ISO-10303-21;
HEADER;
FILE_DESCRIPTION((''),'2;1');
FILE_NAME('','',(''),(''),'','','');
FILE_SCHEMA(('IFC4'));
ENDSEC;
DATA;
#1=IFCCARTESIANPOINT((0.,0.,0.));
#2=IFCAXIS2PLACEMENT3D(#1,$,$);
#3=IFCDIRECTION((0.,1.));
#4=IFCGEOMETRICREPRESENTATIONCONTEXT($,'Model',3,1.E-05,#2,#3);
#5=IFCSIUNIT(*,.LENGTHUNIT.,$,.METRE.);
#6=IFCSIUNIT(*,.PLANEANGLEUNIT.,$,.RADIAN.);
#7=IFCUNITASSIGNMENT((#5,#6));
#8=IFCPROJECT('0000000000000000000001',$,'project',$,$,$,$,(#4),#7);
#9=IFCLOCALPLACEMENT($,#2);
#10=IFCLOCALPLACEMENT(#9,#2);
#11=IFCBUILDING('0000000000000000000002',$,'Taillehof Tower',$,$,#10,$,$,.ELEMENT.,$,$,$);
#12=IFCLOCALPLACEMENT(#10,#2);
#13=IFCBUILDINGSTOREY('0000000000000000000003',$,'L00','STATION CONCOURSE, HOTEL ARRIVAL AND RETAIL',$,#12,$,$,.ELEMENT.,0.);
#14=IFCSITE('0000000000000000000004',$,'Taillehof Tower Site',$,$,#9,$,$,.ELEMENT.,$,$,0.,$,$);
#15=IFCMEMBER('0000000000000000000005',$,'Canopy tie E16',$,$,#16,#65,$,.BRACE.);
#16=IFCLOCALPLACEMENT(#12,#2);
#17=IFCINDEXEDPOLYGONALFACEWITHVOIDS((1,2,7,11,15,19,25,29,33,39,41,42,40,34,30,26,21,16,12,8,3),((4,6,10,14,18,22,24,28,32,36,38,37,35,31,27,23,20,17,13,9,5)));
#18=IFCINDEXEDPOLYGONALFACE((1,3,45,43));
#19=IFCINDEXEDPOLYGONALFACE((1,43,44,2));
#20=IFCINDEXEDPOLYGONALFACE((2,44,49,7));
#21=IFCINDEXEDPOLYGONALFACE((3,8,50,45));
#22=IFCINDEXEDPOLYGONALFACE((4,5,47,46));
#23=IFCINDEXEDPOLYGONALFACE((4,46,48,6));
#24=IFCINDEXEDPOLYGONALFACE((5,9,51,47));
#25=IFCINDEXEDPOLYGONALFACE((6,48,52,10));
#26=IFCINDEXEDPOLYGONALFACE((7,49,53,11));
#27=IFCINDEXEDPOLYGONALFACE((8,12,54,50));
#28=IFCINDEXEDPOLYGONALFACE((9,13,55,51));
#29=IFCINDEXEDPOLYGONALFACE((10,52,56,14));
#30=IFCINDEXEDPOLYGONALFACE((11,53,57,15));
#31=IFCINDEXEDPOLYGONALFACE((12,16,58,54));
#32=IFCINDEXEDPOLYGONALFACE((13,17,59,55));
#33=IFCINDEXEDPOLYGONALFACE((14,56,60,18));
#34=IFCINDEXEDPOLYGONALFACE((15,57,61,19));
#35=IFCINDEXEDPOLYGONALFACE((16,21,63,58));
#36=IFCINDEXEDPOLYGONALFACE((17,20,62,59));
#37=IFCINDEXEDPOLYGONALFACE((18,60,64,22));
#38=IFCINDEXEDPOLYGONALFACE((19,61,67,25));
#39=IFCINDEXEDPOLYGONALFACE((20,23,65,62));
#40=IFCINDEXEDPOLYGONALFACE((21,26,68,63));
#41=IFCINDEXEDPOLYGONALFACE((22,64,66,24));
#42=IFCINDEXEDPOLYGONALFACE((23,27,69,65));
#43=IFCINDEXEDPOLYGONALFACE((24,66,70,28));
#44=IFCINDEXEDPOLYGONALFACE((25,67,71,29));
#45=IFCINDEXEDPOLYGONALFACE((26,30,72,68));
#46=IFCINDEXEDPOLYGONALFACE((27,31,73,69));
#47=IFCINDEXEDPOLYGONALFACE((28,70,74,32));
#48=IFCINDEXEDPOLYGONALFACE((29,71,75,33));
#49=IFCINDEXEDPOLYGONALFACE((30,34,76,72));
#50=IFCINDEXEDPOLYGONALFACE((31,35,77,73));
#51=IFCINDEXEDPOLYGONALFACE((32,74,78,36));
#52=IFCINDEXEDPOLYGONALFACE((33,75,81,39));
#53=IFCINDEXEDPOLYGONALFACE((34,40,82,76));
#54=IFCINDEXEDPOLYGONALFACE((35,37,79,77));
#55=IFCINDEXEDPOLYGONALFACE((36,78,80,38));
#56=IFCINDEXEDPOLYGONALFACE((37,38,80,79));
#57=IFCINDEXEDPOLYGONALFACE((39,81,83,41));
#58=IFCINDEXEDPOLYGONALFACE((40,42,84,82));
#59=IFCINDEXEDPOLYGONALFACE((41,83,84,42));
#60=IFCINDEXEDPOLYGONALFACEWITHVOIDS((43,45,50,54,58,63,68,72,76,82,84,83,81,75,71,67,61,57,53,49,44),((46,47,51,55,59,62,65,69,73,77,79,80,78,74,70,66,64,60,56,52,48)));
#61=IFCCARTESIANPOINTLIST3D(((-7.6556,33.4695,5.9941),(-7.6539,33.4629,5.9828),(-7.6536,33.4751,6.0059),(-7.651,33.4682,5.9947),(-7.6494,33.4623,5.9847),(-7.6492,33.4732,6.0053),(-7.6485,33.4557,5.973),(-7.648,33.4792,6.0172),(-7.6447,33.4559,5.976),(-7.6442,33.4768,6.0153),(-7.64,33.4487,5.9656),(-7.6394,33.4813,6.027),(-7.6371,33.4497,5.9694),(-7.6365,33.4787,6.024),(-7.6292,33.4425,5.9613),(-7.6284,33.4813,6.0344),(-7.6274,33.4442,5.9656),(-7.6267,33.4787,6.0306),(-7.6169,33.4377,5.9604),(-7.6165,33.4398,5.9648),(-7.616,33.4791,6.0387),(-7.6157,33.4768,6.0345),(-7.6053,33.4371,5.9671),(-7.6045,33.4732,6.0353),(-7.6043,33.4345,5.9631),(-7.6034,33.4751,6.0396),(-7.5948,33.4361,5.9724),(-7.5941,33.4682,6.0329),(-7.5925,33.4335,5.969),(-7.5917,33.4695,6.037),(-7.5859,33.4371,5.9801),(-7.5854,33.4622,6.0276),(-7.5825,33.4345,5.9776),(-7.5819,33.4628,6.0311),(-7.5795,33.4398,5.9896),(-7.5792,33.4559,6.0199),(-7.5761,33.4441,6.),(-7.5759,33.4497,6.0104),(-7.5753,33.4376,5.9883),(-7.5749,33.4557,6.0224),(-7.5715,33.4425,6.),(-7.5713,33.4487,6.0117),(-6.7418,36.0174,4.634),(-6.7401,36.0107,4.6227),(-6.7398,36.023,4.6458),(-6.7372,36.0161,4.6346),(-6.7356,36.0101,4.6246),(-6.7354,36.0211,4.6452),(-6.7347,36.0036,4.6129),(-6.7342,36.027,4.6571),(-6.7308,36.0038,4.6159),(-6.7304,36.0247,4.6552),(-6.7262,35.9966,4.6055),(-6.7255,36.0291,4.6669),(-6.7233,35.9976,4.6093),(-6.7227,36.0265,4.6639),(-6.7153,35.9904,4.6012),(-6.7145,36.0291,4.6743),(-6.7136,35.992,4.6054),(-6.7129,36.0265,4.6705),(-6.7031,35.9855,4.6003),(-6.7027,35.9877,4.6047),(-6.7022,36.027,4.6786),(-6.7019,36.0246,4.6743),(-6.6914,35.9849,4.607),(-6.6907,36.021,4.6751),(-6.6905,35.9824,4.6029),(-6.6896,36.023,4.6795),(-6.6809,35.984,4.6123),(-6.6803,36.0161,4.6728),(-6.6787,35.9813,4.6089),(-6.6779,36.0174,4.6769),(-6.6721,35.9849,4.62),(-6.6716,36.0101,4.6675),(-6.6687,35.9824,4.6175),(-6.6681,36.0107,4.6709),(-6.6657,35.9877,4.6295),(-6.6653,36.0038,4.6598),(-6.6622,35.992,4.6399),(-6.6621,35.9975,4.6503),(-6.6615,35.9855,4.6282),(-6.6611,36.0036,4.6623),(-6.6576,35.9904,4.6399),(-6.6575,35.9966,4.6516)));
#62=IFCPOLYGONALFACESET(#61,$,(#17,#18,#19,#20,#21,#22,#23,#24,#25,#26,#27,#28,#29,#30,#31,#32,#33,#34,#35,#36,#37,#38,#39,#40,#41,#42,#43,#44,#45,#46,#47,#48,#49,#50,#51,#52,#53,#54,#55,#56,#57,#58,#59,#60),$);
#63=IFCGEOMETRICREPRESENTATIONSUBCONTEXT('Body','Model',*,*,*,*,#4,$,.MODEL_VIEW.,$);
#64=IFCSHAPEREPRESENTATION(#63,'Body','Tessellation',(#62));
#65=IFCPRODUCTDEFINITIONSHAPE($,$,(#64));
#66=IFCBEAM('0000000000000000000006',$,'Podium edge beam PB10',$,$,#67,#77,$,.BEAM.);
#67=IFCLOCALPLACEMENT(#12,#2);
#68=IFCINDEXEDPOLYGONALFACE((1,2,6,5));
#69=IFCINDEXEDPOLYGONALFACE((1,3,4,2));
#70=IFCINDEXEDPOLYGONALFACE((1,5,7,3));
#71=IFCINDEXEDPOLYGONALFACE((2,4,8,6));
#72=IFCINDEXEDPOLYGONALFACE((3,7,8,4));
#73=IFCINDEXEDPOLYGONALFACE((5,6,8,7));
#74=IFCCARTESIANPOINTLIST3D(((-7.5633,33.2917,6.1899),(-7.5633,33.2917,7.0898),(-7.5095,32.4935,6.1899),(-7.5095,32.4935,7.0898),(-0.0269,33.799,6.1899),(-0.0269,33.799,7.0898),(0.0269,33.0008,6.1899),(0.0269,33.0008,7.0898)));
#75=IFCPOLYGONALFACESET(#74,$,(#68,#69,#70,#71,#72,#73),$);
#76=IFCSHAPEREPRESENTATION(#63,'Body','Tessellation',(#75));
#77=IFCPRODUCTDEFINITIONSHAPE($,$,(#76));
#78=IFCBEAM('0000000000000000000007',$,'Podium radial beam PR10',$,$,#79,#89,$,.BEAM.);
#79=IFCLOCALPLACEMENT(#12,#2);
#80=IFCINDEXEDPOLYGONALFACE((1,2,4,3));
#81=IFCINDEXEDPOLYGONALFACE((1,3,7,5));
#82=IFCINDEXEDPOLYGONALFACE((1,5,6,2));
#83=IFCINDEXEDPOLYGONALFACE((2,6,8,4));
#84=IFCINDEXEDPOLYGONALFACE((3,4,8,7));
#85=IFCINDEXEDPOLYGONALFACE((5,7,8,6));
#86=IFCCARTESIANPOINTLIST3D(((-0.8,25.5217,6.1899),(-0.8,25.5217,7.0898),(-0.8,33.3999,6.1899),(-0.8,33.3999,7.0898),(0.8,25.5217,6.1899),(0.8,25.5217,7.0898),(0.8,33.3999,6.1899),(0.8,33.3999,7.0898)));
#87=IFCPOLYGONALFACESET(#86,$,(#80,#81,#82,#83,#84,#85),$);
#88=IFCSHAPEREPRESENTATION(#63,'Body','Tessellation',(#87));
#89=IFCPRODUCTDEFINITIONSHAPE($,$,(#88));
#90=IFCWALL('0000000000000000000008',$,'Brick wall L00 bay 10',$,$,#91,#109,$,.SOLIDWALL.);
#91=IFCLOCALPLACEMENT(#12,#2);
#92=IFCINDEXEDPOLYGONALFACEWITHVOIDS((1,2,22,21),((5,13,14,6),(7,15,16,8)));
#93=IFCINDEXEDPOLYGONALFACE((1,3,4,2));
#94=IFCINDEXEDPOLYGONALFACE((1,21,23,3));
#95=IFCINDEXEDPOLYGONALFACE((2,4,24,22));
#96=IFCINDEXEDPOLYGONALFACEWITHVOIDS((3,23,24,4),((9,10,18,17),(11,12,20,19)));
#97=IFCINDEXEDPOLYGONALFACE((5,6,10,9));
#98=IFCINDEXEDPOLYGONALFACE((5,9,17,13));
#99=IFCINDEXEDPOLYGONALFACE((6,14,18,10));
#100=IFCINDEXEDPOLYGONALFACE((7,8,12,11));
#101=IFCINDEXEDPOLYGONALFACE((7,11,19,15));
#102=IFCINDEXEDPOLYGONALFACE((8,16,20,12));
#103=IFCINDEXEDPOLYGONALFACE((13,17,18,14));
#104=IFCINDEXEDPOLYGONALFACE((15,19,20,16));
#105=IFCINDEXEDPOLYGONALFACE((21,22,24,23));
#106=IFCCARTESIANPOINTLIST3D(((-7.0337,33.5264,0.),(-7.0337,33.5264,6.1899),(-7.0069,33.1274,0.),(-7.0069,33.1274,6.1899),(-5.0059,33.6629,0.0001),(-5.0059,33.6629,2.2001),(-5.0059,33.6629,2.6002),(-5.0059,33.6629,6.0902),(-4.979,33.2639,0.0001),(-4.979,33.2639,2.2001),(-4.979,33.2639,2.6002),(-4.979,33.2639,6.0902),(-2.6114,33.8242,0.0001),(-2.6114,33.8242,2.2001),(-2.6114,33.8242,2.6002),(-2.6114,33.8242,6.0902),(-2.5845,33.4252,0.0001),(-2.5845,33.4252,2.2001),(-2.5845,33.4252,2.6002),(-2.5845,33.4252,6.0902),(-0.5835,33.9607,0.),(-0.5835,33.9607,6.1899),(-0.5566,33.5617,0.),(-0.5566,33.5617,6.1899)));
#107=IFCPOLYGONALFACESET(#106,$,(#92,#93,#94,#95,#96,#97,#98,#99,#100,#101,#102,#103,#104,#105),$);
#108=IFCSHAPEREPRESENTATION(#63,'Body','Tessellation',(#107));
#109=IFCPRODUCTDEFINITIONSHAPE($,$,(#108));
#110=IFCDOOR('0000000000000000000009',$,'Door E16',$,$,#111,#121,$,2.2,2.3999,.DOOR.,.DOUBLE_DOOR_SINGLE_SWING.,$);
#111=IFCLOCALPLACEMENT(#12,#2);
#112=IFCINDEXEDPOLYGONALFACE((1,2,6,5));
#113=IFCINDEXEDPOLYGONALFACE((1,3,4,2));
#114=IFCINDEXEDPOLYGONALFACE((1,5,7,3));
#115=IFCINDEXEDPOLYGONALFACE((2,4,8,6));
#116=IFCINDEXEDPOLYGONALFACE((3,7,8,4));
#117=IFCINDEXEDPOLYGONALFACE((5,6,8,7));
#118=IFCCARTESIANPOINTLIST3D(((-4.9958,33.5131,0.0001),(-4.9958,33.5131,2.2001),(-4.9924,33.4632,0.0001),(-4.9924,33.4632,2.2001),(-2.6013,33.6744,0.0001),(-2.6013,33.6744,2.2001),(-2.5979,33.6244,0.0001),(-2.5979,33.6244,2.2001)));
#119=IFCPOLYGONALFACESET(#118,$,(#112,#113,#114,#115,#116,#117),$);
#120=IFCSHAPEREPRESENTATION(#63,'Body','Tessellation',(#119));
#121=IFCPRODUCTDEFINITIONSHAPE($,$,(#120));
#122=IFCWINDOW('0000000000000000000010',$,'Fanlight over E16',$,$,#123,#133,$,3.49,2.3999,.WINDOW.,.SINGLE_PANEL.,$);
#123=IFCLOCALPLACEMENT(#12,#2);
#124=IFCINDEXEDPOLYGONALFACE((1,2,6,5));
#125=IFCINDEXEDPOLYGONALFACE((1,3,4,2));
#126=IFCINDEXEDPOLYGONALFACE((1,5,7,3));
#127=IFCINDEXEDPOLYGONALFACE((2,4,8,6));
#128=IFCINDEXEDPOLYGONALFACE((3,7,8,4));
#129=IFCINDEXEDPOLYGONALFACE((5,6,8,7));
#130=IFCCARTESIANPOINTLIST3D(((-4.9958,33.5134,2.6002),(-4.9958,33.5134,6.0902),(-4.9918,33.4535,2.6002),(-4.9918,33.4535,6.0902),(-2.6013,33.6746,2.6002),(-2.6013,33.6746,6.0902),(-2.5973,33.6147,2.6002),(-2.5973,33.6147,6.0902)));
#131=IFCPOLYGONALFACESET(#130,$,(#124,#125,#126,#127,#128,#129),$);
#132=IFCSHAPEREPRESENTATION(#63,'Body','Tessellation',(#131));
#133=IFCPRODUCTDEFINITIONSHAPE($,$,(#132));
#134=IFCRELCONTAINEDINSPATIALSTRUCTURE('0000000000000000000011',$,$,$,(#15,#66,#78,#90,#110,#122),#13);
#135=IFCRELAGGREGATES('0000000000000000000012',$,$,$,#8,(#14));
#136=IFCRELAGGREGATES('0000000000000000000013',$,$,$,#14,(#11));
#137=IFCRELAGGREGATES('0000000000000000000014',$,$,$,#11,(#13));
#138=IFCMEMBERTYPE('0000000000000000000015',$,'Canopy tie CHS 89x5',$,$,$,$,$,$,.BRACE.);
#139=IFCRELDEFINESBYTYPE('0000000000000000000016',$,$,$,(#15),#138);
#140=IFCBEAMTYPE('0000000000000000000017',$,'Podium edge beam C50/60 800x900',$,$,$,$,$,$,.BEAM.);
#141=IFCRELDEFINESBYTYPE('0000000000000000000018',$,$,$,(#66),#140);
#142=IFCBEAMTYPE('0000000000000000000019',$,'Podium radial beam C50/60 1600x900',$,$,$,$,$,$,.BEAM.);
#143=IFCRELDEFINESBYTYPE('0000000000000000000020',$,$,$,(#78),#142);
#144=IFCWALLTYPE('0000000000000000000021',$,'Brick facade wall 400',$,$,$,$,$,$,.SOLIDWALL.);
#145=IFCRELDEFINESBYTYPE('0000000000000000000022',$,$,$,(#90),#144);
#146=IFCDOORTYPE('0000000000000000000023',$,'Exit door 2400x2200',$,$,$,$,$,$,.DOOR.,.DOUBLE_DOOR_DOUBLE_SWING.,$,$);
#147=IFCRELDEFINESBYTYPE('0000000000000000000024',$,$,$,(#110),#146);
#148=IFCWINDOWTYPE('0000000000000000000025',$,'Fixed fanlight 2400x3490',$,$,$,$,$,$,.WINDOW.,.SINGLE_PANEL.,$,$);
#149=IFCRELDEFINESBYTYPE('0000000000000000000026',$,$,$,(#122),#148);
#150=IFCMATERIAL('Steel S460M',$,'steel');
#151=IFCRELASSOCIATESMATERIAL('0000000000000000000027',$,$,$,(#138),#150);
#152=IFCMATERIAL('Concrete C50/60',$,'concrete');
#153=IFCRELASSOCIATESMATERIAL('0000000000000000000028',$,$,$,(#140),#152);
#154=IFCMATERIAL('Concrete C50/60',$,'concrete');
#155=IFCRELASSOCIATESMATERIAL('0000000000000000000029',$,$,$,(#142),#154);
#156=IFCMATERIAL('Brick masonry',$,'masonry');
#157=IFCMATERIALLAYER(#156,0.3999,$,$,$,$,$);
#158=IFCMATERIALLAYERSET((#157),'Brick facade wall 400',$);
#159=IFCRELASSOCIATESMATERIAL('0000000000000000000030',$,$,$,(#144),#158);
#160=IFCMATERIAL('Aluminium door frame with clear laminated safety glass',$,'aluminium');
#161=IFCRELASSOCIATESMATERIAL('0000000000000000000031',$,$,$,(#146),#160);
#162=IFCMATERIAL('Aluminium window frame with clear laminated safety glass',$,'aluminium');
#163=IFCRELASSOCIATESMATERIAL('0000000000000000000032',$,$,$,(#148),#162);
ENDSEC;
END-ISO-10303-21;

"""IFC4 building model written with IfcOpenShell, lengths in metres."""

from ifc_helpers import new_model, si_unit, direction, frame, frame_2d, origin, origin_2d, place, context, subcontext, project, spatial, rectangle, hollow_circle, extrude, material, layer, layer_set, material_profile, profile_set, type_object, element, fill, save


model = new_model("IFC4")

# Units and contexts
model_context = context("Model", 3, precision=1e-05, world=origin(), true_north=direction((0.0, 1.0)))
body_context = subcontext(model_context, "Body", "Model", "MODEL_VIEW")
ifc_project = project(units=[si_unit("LENGTHUNIT", "METRE"), si_unit("PLANEANGLEUNIT", "RADIAN")], contexts=[model_context])

# Site, building, storey
site_placement = place(None, origin())
site = spatial("IfcSite", under=ifc_project, at=site_placement, Name="Taillehof Tower Site", CompositionType="ELEMENT", RefElevation=0.0)
building_placement = place(site_placement, origin())
building = spatial("IfcBuilding", under=site, at=building_placement, Name="Taillehof Tower", CompositionType="ELEMENT")
storey_placement = place(building_placement, origin())
storey = spatial("IfcBuildingStorey", under=building, at=storey_placement, Name="L00", Description="STATION CONCOURSE, HOTEL ARRIVAL AND RETAIL", CompositionType="ELEMENT", Elevation=0.0)

# Member
ifc_material_1 = material(Name="Steel S460M", Category="steel")
ifc_material_profile_1 = material_profile(ifc_material_1, hollow_circle(Radius=0.0444, WallThickness=0.0049, at=origin_2d()), Name="CHS 89x5")
ifc_profile_set_1 = profile_set([ifc_material_profile_1], Name="Steel S460M")
member_type = type_object("IfcMemberType", Name="Canopy tie CHS 89x5", PredefinedType="BRACE", material=ifc_profile_set_1)
member_1_placement = place(storey_placement, frame((-6.6995, 36.0054, 4.6399), z_axis=(-0.301662, -0.841076, 0.448988), x_axis=(0.941288, -0.337605, 0.0)))
element("IfcMember", 1, at=member_1_placement, inside=storey, type_object=member_type, Name="Canopy tie E16", PredefinedType="BRACE", context=body_context, shape_type="SweptSolid", body=[
    extrude(hollow_circle(Radius=0.0444, WallThickness=0.0049, at=origin_2d()), origin(), (0.0, 0.0, 1.0), 3.0293),
])

# Beams
ifc_material_2 = material(Name="Concrete C50/60", Category="concrete")
ifc_material_profile_2 = material_profile(ifc_material_2, rectangle(XDim=0.8, YDim=0.8999, at=origin_2d()), Name="RC 800x900")
ifc_profile_set_2 = profile_set([ifc_material_profile_2], Name="Concrete C50/60")
beam_type_1 = type_object("IfcBeamType", Name="Podium edge beam C50/60 800x900", PredefinedType="BEAM", material=ifc_profile_set_2)
beam_1_placement = place(storey_placement, frame((0.0, 33.3999, 6.6399), z_axis=(-0.997742, -0.067165, 0.0), x_axis=(0.067165, -0.997742, 0.0)))
element("IfcBeam", 2, at=beam_1_placement, inside=storey, type_object=beam_type_1, Name="Podium edge beam PB10", PredefinedType="BEAM", context=body_context, shape_type="SweptSolid", body=[
    extrude(rectangle(XDim=0.8, YDim=0.8999, at=origin_2d()), origin(), (0.0, 0.0, 1.0), 7.5535),
])
ifc_material_3 = material(Name="Concrete C50/60", Category="concrete")
ifc_material_profile_3 = material_profile(ifc_material_3, rectangle(XDim=1.6001, YDim=0.8999, at=origin_2d()), Name="RC 1600x900")
ifc_profile_set_3 = profile_set([ifc_material_profile_3], Name="Concrete C50/60")
beam_type_2 = type_object("IfcBeamType", Name="Podium radial beam C50/60 1600x900", PredefinedType="BEAM", material=ifc_profile_set_3)
beam_2_placement = place(storey_placement, frame((0.0, 33.3999, 6.6399), z_axis=(0.0, -1.0, 0.0), x_axis=(1.0, 0.0, 0.0)))
element("IfcBeam", 3, at=beam_2_placement, inside=storey, type_object=beam_type_2, Name="Podium radial beam PR10", PredefinedType="BEAM", context=body_context, shape_type="SweptSolid", body=[
    extrude(rectangle(XDim=1.6001, YDim=0.8999, at=origin_2d()), origin(), (0.0, 0.0, 1.0), 7.8782),
])

# Wall, openings, door, window
ifc_material_4 = material(Name="Brick masonry", Category="masonry")
ifc_layer = layer(ifc_material_4, 0.3999)
ifc_layer_set = layer_set([ifc_layer], Name="Brick facade wall 400")
wall_type = type_object("IfcWallType", Name="Brick facade wall 400", PredefinedType="SOLIDWALL", material=ifc_layer_set)
wall_1_placement = place(storey_placement, frame((-0.5701, 33.7612, 0.0), z_axis=(0.0, 0.0, 1.0), x_axis=(-0.997741, -0.067183, 0.0)))
wall_1 = element("IfcWall", 4, at=wall_1_placement, inside=storey, type_object=wall_type, Name="Brick wall L00 bay 10", PredefinedType="SOLIDWALL", context=body_context, shape_type="SweptSolid", body=[
    extrude(rectangle(XDim=6.4648, YDim=0.3999, at=frame_2d((3.2324, 0.0))), origin(), (0.0, 0.0, 1.0), 6.1899),
])
opening_1_placement = place(wall_1_placement, frame((2.0325, 0.0, 0.0)))
opening_1 = element("IfcOpeningElement", 5, at=opening_1_placement, cuts=wall_1, PredefinedType="OPENING", context=body_context, shape_type="SweptSolid", body=[
    extrude(rectangle(XDim=2.3999, YDim=2.2, at=frame_2d((1.2, 1.1001))), frame((0.0, 0.21, 0.0), z_axis=(0.0, -1.0, 0.0), x_axis=(1.0, 0.0, 0.0)), (0.0, 0.0, 1.0), 0.4199),
])
opening_2_placement = place(wall_1_placement, frame((2.0325, 0.0, 2.6001)))
opening_2 = element("IfcOpeningElement", 6, at=opening_2_placement, cuts=wall_1, PredefinedType="OPENING", context=body_context, shape_type="SweptSolid", body=[
    extrude(rectangle(XDim=2.3999, YDim=3.49, at=frame_2d((1.2, 1.7451))), frame((0.0, 0.21, 0.0), z_axis=(0.0, -1.0, 0.0), x_axis=(1.0, 0.0, 0.0)), (0.0, 0.0, 1.0), 0.4199),
])
ifc_material_5 = material(Name="Aluminium door frame with clear laminated safety glass", Category="aluminium")
door_type = type_object("IfcDoorType", Name="Exit door 2400x2200", OperationType="DOUBLE_DOOR_DOUBLE_SWING", PredefinedType="DOOR", material=ifc_material_5)
door_1_placement = place(opening_1_placement, frame((2.3999, 0.0, 0.0), z_axis=(0.0, 0.0, 1.0), x_axis=(-1.0, 0.0, 0.0)))
door_1 = element("IfcDoor", 7, at=door_1_placement, inside=storey, type_object=door_type, Name="Door E16", OperationType="DOUBLE_DOOR_SINGLE_SWING", OverallHeight=2.2, OverallWidth=2.3999, PredefinedType="DOOR", context=body_context, shape_type="SweptSolid", body=[
    extrude(rectangle(XDim=2.3999, YDim=2.2, at=frame_2d((1.2, 1.1001))), frame((0.0, 0.0498, 0.0), z_axis=(0.0, -1.0, 0.0), x_axis=(1.0, 0.0, 0.0)), (0.0, 0.0, 1.0), 0.05),
])
fill(opening_1, door_1)
ifc_material_6 = material(Name="Aluminium window frame with clear laminated safety glass", Category="aluminium")
window_type = type_object("IfcWindowType", Name="Fixed fanlight 2400x3490", PartitioningType="SINGLE_PANEL", PredefinedType="WINDOW", material=ifc_material_6)
window_1_placement = place(opening_2_placement, origin())
window_1 = element("IfcWindow", 8, at=window_1_placement, inside=storey, type_object=window_type, Name="Fanlight over E16", OverallHeight=3.49, OverallWidth=2.3999, PartitioningType="SINGLE_PANEL", PredefinedType="WINDOW", context=body_context, shape_type="SweptSolid", body=[
    extrude(rectangle(XDim=2.3999, YDim=3.49, at=frame_2d((1.2, 1.7451))), frame((0.0, 0.01, 0.0), z_axis=(0.0, -1.0, 0.0), x_axis=(1.0, 0.0, 0.0)), (0.0, 0.0, 1.0), 0.0601),
])
fill(opening_2, window_1)

save(model, "model.ifc")
